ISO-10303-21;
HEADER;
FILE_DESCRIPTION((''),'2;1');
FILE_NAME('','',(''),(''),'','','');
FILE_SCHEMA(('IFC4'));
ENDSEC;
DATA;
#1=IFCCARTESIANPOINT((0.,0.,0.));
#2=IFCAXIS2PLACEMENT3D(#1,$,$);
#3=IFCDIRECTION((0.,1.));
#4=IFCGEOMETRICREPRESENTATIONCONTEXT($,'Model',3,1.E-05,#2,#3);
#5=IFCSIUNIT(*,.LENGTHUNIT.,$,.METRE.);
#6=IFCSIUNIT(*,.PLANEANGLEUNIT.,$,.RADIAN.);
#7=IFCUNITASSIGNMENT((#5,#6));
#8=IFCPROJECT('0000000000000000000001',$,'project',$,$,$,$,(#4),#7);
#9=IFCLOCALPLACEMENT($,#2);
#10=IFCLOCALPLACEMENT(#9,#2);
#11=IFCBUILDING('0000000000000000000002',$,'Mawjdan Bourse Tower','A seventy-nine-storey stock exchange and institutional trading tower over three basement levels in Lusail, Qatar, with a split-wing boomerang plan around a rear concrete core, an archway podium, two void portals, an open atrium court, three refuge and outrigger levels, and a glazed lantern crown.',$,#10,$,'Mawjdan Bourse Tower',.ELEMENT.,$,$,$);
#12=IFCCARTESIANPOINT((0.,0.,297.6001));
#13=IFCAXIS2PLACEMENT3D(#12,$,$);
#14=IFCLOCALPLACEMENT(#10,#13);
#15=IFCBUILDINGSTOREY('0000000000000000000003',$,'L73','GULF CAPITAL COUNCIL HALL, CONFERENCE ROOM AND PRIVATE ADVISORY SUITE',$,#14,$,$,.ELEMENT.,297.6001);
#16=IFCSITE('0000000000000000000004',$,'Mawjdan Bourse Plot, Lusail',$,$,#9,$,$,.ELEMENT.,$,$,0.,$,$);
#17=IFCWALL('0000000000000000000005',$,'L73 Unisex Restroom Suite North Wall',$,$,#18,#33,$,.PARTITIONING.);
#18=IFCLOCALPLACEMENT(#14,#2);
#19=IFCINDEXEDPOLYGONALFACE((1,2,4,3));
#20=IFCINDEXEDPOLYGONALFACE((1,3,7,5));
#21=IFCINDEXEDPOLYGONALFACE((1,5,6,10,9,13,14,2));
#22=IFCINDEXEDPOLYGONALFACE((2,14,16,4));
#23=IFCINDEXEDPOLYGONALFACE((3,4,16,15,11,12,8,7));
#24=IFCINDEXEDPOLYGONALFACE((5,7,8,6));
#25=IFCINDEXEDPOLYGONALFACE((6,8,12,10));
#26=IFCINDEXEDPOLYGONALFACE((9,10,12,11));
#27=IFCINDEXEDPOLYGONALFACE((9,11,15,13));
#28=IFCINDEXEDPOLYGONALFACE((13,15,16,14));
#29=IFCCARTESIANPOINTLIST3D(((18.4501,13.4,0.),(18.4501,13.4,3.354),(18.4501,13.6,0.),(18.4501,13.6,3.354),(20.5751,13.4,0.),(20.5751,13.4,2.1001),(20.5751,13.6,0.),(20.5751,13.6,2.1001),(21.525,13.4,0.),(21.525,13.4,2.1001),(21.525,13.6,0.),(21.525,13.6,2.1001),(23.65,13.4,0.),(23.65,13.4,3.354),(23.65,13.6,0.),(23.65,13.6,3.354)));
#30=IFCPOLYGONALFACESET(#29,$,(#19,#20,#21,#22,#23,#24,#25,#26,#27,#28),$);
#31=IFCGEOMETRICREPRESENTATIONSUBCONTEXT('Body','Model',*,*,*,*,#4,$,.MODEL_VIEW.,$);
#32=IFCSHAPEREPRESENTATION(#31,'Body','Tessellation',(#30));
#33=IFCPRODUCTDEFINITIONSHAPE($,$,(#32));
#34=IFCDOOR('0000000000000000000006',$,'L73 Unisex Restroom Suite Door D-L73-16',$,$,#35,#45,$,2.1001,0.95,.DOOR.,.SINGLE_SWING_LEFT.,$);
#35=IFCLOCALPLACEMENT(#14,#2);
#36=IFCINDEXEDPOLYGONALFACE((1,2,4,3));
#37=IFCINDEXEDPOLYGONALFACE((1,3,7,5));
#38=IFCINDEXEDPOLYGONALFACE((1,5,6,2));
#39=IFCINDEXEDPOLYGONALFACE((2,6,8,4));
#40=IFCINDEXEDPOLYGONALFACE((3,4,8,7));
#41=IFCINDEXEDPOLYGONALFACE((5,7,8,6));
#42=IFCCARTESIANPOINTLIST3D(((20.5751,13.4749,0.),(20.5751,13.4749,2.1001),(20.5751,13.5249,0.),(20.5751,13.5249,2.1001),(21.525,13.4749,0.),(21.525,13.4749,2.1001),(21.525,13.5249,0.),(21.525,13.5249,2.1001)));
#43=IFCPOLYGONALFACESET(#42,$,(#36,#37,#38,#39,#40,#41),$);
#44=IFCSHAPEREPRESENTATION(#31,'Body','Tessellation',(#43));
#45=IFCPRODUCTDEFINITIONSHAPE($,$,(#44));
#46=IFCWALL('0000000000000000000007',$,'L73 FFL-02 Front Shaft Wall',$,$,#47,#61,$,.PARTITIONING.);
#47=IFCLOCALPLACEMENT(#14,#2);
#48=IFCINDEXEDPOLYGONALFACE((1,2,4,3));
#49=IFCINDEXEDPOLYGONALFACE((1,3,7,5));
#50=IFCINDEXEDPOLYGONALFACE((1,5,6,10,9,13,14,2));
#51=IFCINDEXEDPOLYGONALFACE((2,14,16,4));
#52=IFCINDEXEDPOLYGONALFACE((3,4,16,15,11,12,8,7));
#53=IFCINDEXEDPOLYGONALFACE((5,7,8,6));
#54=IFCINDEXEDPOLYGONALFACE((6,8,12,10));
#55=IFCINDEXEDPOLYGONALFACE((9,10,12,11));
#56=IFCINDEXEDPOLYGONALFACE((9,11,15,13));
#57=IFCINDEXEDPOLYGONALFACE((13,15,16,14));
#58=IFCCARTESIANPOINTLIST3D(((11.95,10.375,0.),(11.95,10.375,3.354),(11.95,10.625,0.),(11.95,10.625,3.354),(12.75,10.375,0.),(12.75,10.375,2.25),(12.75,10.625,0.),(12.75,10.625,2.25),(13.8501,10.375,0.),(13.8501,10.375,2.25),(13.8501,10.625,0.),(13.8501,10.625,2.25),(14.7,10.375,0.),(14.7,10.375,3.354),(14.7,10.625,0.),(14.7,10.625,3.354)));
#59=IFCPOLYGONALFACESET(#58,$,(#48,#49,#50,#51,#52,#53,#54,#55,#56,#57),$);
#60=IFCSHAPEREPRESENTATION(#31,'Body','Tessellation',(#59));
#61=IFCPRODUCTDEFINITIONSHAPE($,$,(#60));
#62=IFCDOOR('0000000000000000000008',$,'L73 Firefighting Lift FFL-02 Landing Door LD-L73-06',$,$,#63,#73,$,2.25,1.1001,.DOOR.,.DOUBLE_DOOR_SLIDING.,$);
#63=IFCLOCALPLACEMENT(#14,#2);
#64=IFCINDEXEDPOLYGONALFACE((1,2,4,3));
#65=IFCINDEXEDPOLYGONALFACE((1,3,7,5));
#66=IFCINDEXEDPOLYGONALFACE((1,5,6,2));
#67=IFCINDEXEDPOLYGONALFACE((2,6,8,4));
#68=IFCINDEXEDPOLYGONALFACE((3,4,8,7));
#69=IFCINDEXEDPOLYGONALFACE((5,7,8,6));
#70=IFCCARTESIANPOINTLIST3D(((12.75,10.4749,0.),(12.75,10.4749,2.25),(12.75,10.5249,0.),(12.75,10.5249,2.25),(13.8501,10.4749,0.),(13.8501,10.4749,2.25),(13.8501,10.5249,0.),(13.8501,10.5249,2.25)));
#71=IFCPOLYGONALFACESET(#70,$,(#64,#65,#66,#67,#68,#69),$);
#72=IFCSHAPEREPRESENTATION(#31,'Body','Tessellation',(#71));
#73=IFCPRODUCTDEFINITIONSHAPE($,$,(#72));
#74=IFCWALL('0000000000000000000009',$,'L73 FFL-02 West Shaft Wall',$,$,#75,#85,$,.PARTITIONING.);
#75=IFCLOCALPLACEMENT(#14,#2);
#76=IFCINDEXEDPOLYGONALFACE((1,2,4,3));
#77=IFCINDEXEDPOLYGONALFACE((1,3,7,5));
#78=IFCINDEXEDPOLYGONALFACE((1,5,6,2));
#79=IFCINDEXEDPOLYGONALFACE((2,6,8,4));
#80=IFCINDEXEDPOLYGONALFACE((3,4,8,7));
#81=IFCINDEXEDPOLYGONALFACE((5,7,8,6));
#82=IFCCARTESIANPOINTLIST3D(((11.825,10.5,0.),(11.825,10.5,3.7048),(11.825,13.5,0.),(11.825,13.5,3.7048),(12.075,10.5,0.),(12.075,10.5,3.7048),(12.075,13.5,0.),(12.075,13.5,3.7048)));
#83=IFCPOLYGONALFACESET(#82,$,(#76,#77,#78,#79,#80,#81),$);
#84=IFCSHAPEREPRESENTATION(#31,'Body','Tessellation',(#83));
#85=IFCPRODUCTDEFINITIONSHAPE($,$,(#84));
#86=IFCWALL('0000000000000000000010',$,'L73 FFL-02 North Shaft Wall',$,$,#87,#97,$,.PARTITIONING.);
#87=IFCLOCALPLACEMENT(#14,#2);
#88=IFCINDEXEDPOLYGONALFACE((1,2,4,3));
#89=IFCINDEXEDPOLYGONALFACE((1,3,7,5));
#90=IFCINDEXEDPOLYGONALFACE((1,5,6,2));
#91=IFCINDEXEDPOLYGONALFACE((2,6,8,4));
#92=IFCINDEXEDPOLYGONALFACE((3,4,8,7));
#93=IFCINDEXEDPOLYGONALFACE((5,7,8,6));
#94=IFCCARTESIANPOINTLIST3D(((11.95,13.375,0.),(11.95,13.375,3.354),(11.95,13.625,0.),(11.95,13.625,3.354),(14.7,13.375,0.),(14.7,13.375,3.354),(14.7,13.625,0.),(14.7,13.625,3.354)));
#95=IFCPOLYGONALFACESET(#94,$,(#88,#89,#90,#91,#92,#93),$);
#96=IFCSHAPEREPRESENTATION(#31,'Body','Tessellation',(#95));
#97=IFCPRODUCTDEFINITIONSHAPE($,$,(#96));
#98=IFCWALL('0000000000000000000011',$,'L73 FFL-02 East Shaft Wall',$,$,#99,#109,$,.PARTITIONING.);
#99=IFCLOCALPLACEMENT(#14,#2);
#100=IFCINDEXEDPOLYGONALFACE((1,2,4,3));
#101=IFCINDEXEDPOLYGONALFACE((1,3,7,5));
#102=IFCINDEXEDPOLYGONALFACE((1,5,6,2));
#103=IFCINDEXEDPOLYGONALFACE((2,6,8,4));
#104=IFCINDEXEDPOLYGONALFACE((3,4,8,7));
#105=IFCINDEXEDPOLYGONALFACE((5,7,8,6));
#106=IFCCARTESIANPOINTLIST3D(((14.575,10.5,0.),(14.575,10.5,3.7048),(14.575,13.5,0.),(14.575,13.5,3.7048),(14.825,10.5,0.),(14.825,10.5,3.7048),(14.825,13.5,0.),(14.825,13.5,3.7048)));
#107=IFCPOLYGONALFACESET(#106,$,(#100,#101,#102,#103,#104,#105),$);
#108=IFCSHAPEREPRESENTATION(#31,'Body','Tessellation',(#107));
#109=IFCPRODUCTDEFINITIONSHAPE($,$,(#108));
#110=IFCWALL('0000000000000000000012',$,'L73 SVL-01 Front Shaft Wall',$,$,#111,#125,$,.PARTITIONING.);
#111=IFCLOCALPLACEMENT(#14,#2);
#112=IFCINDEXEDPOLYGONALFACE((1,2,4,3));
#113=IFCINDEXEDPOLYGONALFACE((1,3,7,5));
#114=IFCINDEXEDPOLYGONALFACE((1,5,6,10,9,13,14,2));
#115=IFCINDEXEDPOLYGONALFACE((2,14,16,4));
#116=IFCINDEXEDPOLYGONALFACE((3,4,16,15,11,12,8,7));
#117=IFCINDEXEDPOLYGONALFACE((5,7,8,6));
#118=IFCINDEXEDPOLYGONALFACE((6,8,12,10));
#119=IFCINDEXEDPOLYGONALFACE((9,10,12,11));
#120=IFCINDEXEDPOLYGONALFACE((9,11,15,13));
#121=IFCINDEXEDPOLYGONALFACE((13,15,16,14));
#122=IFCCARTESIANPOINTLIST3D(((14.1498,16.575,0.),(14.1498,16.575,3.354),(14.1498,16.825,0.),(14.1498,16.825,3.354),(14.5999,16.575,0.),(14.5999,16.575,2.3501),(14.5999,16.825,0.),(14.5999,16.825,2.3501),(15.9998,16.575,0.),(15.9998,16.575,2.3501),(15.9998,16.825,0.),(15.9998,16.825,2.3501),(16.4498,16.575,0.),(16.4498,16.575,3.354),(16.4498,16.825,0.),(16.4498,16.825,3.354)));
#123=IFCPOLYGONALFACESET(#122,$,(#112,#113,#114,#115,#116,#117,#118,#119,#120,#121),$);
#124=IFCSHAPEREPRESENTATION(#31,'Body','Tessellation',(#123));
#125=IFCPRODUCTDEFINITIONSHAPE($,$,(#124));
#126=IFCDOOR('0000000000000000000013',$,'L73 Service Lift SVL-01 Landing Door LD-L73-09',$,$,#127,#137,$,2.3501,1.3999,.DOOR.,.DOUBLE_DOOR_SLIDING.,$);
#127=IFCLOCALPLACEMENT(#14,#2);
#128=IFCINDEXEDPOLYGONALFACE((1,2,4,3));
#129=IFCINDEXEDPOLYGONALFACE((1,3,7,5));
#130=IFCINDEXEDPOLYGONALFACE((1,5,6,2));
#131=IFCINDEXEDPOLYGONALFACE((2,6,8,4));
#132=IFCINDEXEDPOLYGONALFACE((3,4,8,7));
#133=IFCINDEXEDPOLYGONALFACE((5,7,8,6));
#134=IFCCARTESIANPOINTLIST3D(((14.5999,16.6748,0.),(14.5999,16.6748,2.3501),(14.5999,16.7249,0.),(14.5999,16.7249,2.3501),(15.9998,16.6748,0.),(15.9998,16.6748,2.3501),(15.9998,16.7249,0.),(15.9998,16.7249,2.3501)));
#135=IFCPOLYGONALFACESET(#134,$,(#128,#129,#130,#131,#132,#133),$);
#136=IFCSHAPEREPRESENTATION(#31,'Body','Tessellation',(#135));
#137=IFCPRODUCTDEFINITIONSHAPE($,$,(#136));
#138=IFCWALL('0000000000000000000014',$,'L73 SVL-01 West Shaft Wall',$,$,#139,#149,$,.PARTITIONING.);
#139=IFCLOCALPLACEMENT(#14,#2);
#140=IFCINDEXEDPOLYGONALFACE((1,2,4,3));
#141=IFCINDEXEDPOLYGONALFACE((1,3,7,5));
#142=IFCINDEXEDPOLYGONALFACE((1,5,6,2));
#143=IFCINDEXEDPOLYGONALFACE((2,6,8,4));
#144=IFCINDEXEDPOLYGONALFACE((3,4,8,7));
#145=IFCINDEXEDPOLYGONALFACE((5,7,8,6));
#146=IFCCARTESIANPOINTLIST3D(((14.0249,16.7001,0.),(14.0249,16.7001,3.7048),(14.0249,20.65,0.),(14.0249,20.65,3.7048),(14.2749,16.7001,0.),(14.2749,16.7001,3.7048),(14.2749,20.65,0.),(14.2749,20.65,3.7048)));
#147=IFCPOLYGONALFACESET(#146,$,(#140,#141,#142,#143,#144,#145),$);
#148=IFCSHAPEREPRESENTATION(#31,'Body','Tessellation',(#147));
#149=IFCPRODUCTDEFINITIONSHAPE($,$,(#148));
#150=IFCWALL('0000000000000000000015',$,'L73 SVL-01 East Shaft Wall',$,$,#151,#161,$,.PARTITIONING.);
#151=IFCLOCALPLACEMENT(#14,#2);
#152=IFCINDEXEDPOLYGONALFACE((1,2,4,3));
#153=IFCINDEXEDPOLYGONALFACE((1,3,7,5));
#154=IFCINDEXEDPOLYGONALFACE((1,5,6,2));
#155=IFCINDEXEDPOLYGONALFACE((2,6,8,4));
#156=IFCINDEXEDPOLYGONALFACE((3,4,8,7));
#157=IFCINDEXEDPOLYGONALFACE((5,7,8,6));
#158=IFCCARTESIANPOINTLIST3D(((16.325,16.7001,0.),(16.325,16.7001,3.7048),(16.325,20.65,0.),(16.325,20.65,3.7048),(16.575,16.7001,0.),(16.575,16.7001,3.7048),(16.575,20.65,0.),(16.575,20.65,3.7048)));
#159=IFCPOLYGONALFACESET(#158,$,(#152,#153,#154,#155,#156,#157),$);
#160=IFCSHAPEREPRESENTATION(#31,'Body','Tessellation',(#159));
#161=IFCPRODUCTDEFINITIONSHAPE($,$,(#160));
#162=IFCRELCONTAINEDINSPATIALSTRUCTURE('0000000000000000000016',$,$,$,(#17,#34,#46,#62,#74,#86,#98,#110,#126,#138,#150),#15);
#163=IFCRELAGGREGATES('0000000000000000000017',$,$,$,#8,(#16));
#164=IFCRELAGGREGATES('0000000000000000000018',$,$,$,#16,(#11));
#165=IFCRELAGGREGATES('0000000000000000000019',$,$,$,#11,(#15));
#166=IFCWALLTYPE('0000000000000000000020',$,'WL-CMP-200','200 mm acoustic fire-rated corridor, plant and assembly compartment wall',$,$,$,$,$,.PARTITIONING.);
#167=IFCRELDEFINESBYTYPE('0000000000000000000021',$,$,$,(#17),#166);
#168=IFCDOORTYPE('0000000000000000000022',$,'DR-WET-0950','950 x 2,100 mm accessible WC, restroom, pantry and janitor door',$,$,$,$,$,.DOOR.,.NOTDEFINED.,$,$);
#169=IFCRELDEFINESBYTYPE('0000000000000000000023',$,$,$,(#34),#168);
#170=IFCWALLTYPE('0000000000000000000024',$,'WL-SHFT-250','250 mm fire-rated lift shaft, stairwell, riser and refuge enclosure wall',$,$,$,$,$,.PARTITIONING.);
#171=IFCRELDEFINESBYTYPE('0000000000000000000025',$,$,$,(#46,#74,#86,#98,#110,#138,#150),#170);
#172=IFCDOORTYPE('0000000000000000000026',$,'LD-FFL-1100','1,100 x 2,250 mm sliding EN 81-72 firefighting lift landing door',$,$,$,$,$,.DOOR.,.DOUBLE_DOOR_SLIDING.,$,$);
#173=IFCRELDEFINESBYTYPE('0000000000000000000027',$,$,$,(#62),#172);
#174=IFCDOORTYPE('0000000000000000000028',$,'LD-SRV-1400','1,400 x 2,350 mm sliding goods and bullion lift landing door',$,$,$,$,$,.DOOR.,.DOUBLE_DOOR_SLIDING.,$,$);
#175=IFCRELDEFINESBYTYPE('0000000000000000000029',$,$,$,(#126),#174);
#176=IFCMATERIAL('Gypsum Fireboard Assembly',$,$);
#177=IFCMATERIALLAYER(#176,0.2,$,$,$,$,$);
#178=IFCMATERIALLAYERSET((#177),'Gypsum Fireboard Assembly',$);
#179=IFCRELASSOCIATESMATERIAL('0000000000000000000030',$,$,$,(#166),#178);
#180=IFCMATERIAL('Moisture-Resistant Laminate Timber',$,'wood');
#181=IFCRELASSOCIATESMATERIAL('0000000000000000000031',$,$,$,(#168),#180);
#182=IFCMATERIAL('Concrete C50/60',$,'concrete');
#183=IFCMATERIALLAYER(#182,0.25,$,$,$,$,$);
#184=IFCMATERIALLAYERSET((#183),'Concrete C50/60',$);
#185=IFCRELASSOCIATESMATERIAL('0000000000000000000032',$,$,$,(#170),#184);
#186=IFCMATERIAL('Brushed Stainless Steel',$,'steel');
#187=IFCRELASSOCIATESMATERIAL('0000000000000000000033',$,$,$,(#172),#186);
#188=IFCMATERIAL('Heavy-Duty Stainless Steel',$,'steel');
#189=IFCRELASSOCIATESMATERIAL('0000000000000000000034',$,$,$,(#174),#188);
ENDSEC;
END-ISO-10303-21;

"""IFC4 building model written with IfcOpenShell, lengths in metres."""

from ifc_helpers import new_model, si_unit, direction, frame, frame_2d, origin, place, context, subcontext, project, spatial, rectangle, extrude, material, layer, layer_set, type_object, element, fill, save


model = new_model("IFC4")

# Units and contexts
model_context = context("Model", 3, precision=1e-05, world=origin(), true_north=direction((0.0, 1.0)))
body_context = subcontext(model_context, "Body", "Model", "MODEL_VIEW")
ifc_project = project(units=[si_unit("LENGTHUNIT", "METRE"), si_unit("PLANEANGLEUNIT", "RADIAN")], contexts=[model_context])

# Site, building, storey
site_placement = place(None, origin())
site = spatial("IfcSite", under=ifc_project, at=site_placement, Name="Mawjdan Bourse Plot, Lusail", CompositionType="ELEMENT", RefElevation=0.0)
building_placement = place(site_placement, origin())
building = spatial("IfcBuilding", under=site, at=building_placement, Name="Mawjdan Bourse Tower", Description="A seventy-nine-storey stock exchange and institutional trading tower over three basement levels in Lusail, Qatar, with a split-wing boomerang plan around a rear concrete core, an archway podium, two void portals, an open atrium court, three refuge and outrigger levels, and a glazed lantern crown.", LongName="Mawjdan Bourse Tower", CompositionType="ELEMENT")
storey_placement = place(building_placement, frame((0.0, 0.0, 297.6001)))
storey = spatial("IfcBuildingStorey", under=building, at=storey_placement, Name="L73", Description="GULF CAPITAL COUNCIL HALL, CONFERENCE ROOM AND PRIVATE ADVISORY SUITE", CompositionType="ELEMENT", Elevation=297.6001)

# Walls, openings, doors
ifc_material_1 = material(Name="Gypsum Fireboard Assembly")
ifc_layer_1 = layer(ifc_material_1, 0.2)
ifc_layer_set_1 = layer_set([ifc_layer_1], Name="Gypsum Fireboard Assembly")
wall_type_1 = type_object("IfcWallType", Name="WL-CMP-200", Description="200 mm acoustic fire-rated corridor, plant and assembly compartment wall", PredefinedType="PARTITIONING", material=ifc_layer_set_1)
ifc_material_2 = material(Name="Moisture-Resistant Laminate Timber", Category="wood")
door_type_1 = type_object("IfcDoorType", Name="DR-WET-0950", Description="950 x 2,100 mm accessible WC, restroom, pantry and janitor door", OperationType="NOTDEFINED", PredefinedType="DOOR", material=ifc_material_2)
wall_1_placement = place(storey_placement, frame((18.45, 13.5, 0.0), z_axis=(0.0, 0.0, 1.0), x_axis=(1.0, 0.0, 0.0)))
wall_1 = element("IfcWall", 1, at=wall_1_placement, inside=storey, type_object=wall_type_1, Name="L73 Unisex Restroom Suite North Wall", PredefinedType="PARTITIONING", context=body_context, shape_type="SweptSolid", body=[
    extrude(rectangle(XDim=5.2, YDim=0.2, at=frame_2d((2.6001, 0.0))), origin(), (0.0, 0.0, 1.0), 3.354),
])
opening_1_placement = place(wall_1_placement, frame((2.125, 0.0, 0.0)))
opening_1 = element("IfcOpeningElement", 2, at=opening_1_placement, cuts=wall_1, PredefinedType="OPENING", context=body_context, shape_type="SweptSolid", body=[
    extrude(rectangle(XDim=0.95, YDim=2.1001, at=frame_2d((0.4751, 1.05))), frame((0.0, 0.1099, 0.0), z_axis=(0.0, -1.0, 0.0), x_axis=(1.0, 0.0, 0.0)), (0.0, 0.0, 1.0), 0.22),
])
door_1_placement = place(opening_1_placement, origin())
door_1 = element("IfcDoor", 3, at=door_1_placement, inside=storey, type_object=door_type_1, Name="L73 Unisex Restroom Suite Door D-L73-16", OperationType="SINGLE_SWING_LEFT", OverallHeight=2.1001, OverallWidth=0.95, PredefinedType="DOOR", context=body_context, shape_type="SweptSolid", body=[
    extrude(rectangle(XDim=0.95, YDim=2.1001, at=frame_2d((0.4751, 1.05))), frame((0.0, 0.0249, 0.0), z_axis=(0.0, -1.0, 0.0), x_axis=(1.0, 0.0, 0.0)), (0.0, 0.0, 1.0), 0.05),
])
fill(opening_1, door_1)
ifc_material_3 = material(Name="Concrete C50/60", Category="concrete")
ifc_layer_2 = layer(ifc_material_3, 0.25)
ifc_layer_set_2 = layer_set([ifc_layer_2], Name="Concrete C50/60")
wall_type_2 = type_object("IfcWallType", Name="WL-SHFT-250", Description="250 mm fire-rated lift shaft, stairwell, riser and refuge enclosure wall", PredefinedType="PARTITIONING", material=ifc_layer_set_2)
wall_2_placement = place(storey_placement, frame((11.95, 10.5, 0.0), z_axis=(0.0, 0.0, 1.0), x_axis=(1.0, 0.0, 0.0)))
wall_2 = element("IfcWall", 4, at=wall_2_placement, inside=storey, type_object=wall_type_2, Name="L73 FFL-02 Front Shaft Wall", PredefinedType="PARTITIONING", context=body_context, shape_type="SweptSolid", body=[
    extrude(rectangle(XDim=2.75, YDim=0.25, at=frame_2d((1.375, 0.0))), origin(), (0.0, 0.0, 1.0), 3.354),
])
opening_2_placement = place(wall_2_placement, frame((0.8, 0.0, 0.0)))
opening_2 = element("IfcOpeningElement", 5, at=opening_2_placement, cuts=wall_2, PredefinedType="OPENING", context=body_context, shape_type="SweptSolid", body=[
    extrude(rectangle(XDim=1.1001, YDim=2.25, at=frame_2d((0.55, 1.125))), frame((0.0, 0.135, 0.0), z_axis=(0.0, -1.0, 0.0), x_axis=(1.0, 0.0, 0.0)), (0.0, 0.0, 1.0), 0.27),
])
ifc_material_4 = material(Name="Brushed Stainless Steel", Category="steel")
door_type_2 = type_object("IfcDoorType", Name="LD-FFL-1100", Description="1,100 x 2,250 mm sliding EN 81-72 firefighting lift landing door", OperationType="DOUBLE_DOOR_SLIDING", PredefinedType="DOOR", material=ifc_material_4)
door_2_placement = place(opening_2_placement, origin())
door_2 = element("IfcDoor", 6, at=door_2_placement, inside=storey, type_object=door_type_2, Name="L73 Firefighting Lift FFL-02 Landing Door LD-L73-06", OperationType="DOUBLE_DOOR_SLIDING", OverallHeight=2.25, OverallWidth=1.1001, PredefinedType="DOOR", context=body_context, shape_type="SweptSolid", body=[
    extrude(rectangle(XDim=1.1001, YDim=2.25, at=frame_2d((0.55, 1.125))), frame((0.0, 0.0249, 0.0), z_axis=(0.0, -1.0, 0.0), x_axis=(1.0, 0.0, 0.0)), (0.0, 0.0, 1.0), 0.05),
])
fill(opening_2, door_2)

# Walls
wall_3_placement = place(storey_placement, frame((11.95, 10.5, 0.0), z_axis=(0.0, 0.0, 1.0), x_axis=(0.0, 1.0, 0.0)))
element("IfcWall", 7, at=wall_3_placement, inside=storey, type_object=wall_type_2, Name="L73 FFL-02 West Shaft Wall", PredefinedType="PARTITIONING", context=body_context, shape_type="SweptSolid", body=[
    extrude(rectangle(XDim=3.0, YDim=0.25, at=frame_2d((1.5, 0.0))), origin(), (0.0, 0.0, 1.0), 3.7048),
])
wall_4_placement = place(storey_placement, frame((11.95, 13.5, 0.0), z_axis=(0.0, 0.0, 1.0), x_axis=(1.0, 0.0, 0.0)))
element("IfcWall", 8, at=wall_4_placement, inside=storey, type_object=wall_type_2, Name="L73 FFL-02 North Shaft Wall", PredefinedType="PARTITIONING", context=body_context, shape_type="SweptSolid", body=[
    extrude(rectangle(XDim=2.75, YDim=0.25, at=frame_2d((1.375, 0.0))), origin(), (0.0, 0.0, 1.0), 3.354),
])
wall_5_placement = place(storey_placement, frame((14.7, 10.5, 0.0), z_axis=(0.0, 0.0, 1.0), x_axis=(0.0, 1.0, 0.0)))
element("IfcWall", 9, at=wall_5_placement, inside=storey, type_object=wall_type_2, Name="L73 FFL-02 East Shaft Wall", PredefinedType="PARTITIONING", context=body_context, shape_type="SweptSolid", body=[
    extrude(rectangle(XDim=3.0, YDim=0.25, at=frame_2d((1.5, 0.0))), origin(), (0.0, 0.0, 1.0), 3.7048),
])

# Wall, opening, door
wall_6_placement = place(storey_placement, frame((14.1499, 16.7, 0.0), z_axis=(0.0, 0.0, 1.0), x_axis=(1.0, 0.0, 0.0)))
wall_6 = element("IfcWall", 10, at=wall_6_placement, inside=storey, type_object=wall_type_2, Name="L73 SVL-01 Front Shaft Wall", PredefinedType="PARTITIONING", context=body_context, shape_type="SweptSolid", body=[
    extrude(rectangle(XDim=2.3, YDim=0.25, at=frame_2d((1.1499, 0.0))), origin(), (0.0, 0.0, 1.0), 3.354),
])
opening_3_placement = place(wall_6_placement, frame((0.45, 0.0, 0.0)))
opening_3 = element("IfcOpeningElement", 11, at=opening_3_placement, cuts=wall_6, PredefinedType="OPENING", context=body_context, shape_type="SweptSolid", body=[
    extrude(rectangle(XDim=1.3999, YDim=2.3501, at=frame_2d((0.7, 1.175))), frame((0.0, 0.135, 0.0), z_axis=(0.0, -1.0, 0.0), x_axis=(1.0, 0.0, 0.0)), (0.0, 0.0, 1.0), 0.27),
])
ifc_material_5 = material(Name="Heavy-Duty Stainless Steel", Category="steel")
door_type_3 = type_object("IfcDoorType", Name="LD-SRV-1400", Description="1,400 x 2,350 mm sliding goods and bullion lift landing door", OperationType="DOUBLE_DOOR_SLIDING", PredefinedType="DOOR", material=ifc_material_5)
door_3_placement = place(opening_3_placement, origin())
door_3 = element("IfcDoor", 12, at=door_3_placement, inside=storey, type_object=door_type_3, Name="L73 Service Lift SVL-01 Landing Door LD-L73-09", OperationType="DOUBLE_DOOR_SLIDING", OverallHeight=2.3501, OverallWidth=1.3999, PredefinedType="DOOR", context=body_context, shape_type="SweptSolid", body=[
    extrude(rectangle(XDim=1.3999, YDim=2.3501, at=frame_2d((0.7, 1.175))), frame((0.0, 0.0249, 0.0), z_axis=(0.0, -1.0, 0.0), x_axis=(1.0, 0.0, 0.0)), (0.0, 0.0, 1.0), 0.05),
])
fill(opening_3, door_3)

# Walls
for number, where, z_axis, x_axis, name in (
    (13, (14.1499, 16.7, 0.0), (0.0, 0.0, 1.0), (0.0, 1.0, 0.0), "L73 SVL-01 West Shaft Wall"),
    (14, (16.45, 16.7, 0.0), (0.0, 0.0, 1.0), (0.0, 1.0, 0.0), "L73 SVL-01 East Shaft Wall"),
):
    element("IfcWall", number, at=place(storey_placement, frame(where, z_axis=z_axis, x_axis=x_axis)), inside=storey, type_object=wall_type_2, Name=name, PredefinedType="PARTITIONING", context=body_context, shape_type="SweptSolid", body=[
        extrude(rectangle(XDim=3.95, YDim=0.25, at=frame_2d((1.9751, 0.0))), origin(), (0.0, 0.0, 1.0), 3.7048),
    ])

save(model, "model.ifc")
